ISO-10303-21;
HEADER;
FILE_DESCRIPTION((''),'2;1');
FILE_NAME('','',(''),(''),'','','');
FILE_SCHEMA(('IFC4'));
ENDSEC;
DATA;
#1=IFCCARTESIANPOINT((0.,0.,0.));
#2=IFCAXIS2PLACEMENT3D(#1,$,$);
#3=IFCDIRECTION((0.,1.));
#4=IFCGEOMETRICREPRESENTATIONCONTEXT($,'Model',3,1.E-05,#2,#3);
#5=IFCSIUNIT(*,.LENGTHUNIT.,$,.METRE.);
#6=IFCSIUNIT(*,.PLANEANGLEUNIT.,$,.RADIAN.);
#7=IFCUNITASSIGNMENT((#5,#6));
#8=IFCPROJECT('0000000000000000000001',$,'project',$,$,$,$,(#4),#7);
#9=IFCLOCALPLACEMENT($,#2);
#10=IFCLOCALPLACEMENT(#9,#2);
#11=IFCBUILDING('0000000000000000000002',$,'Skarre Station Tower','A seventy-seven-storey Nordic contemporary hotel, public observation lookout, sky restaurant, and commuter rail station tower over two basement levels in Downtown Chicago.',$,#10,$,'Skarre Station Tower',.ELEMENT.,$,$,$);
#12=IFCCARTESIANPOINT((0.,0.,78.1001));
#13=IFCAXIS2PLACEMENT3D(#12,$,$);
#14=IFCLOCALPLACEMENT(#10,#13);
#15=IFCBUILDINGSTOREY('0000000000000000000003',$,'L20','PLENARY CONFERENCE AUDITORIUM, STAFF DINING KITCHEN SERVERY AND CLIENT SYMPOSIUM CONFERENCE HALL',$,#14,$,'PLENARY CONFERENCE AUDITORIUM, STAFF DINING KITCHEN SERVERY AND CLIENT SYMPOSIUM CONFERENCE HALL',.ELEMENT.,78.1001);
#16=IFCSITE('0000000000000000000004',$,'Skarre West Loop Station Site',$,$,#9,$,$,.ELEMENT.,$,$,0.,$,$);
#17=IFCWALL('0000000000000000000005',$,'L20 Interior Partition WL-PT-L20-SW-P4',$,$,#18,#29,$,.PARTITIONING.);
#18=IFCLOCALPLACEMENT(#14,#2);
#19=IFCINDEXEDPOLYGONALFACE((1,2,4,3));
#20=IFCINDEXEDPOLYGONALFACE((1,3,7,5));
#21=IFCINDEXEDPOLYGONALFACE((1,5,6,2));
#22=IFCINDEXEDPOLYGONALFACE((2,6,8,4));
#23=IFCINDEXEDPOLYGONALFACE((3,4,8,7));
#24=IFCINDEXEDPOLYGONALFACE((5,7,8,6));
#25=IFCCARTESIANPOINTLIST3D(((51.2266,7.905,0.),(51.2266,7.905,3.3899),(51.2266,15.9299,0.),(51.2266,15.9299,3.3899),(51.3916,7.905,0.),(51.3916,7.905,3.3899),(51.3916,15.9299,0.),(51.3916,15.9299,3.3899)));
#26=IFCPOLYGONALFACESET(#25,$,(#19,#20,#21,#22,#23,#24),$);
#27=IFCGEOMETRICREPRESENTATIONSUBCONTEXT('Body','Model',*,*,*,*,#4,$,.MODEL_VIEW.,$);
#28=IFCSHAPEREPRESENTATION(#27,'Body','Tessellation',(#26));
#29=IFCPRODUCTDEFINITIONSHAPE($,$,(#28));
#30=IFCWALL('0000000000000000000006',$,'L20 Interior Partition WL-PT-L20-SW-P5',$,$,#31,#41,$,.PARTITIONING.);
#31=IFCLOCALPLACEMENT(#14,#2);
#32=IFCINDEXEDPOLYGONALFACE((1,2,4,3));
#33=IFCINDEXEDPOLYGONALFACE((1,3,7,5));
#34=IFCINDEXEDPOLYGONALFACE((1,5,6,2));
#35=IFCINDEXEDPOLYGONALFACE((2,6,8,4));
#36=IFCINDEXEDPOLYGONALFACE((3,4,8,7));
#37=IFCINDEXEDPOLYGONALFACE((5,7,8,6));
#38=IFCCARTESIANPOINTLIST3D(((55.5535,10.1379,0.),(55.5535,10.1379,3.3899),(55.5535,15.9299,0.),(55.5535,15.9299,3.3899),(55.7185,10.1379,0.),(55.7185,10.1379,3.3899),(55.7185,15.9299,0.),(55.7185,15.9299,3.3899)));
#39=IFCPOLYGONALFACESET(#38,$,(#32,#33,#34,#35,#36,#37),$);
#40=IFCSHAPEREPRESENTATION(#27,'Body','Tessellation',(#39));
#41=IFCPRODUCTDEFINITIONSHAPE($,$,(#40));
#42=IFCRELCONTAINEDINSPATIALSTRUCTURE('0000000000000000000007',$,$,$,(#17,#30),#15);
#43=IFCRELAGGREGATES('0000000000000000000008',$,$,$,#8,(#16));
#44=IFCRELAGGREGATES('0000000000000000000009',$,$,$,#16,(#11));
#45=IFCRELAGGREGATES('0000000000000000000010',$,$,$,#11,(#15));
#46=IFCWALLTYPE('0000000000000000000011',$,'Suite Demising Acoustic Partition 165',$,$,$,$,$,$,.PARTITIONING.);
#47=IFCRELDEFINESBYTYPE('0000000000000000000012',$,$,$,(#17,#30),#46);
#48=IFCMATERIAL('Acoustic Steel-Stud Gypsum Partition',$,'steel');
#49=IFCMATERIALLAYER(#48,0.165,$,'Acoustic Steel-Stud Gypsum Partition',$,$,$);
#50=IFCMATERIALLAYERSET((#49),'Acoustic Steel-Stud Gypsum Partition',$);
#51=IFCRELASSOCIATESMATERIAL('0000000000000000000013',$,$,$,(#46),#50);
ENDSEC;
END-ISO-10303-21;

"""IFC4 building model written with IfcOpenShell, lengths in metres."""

from ifc_helpers import new_model, si_unit, direction, frame, frame_2d, origin, place, context, subcontext, project, spatial, rectangle, extrude, material, layer, layer_set, type_object, element, save


model = new_model("IFC4")

# Units and contexts
model_context = context("Model", 3, precision=1e-05, world=origin(), true_north=direction((0.0, 1.0)))
body_context = subcontext(model_context, "Body", "Model", "MODEL_VIEW")
ifc_project = project(units=[si_unit("LENGTHUNIT", "METRE"), si_unit("PLANEANGLEUNIT", "RADIAN")], contexts=[model_context])

# Site, building, storey
site_placement = place(None, origin())
site = spatial("IfcSite", under=ifc_project, at=site_placement, Name="Skarre West Loop Station Site", CompositionType="ELEMENT", RefElevation=0.0)
building_placement = place(site_placement, origin())
building = spatial("IfcBuilding", under=site, at=building_placement, Name="Skarre Station Tower", Description="A seventy-seven-storey Nordic contemporary hotel, public observation lookout, sky restaurant, and commuter rail station tower over two basement levels in Downtown Chicago.", LongName="Skarre Station Tower", CompositionType="ELEMENT")
storey_placement = place(building_placement, frame((0.0, 0.0, 78.1001)))
storey = spatial("IfcBuildingStorey", under=building, at=storey_placement, Name="L20", Description="PLENARY CONFERENCE AUDITORIUM, STAFF DINING KITCHEN SERVERY AND CLIENT SYMPOSIUM CONFERENCE HALL", LongName="PLENARY CONFERENCE AUDITORIUM, STAFF DINING KITCHEN SERVERY AND CLIENT SYMPOSIUM CONFERENCE HALL", CompositionType="ELEMENT", Elevation=78.1001)

# Shared definitions
ifc_material_1 = material(Name="Acoustic Steel-Stud Gypsum Partition", Category="steel")

# Walls
ifc_layer_1 = layer(ifc_material_1, 0.165, Name="Acoustic Steel-Stud Gypsum Partition")
ifc_layer_set_1 = layer_set([ifc_layer_1], Name="Acoustic Steel-Stud Gypsum Partition")
wall_type_1 = type_object("IfcWallType", Name="Suite Demising Acoustic Partition 165", PredefinedType="PARTITIONING", material=ifc_layer_set_1)
wall_1_placement = place(storey_placement, frame((51.3091, 7.905, 0.0), z_axis=(0.0, 0.0, 1.0), x_axis=(0.0, 1.0, 0.0)))
element("IfcWall", 1, at=wall_1_placement, inside=storey, type_object=wall_type_1, Name="L20 Interior Partition WL-PT-L20-SW-P4", PredefinedType="PARTITIONING", context=body_context, shape_type="SweptSolid", body=[
    extrude(rectangle(XDim=8.0249, YDim=0.165, at=frame_2d((4.0125, 0.0))), origin(), (0.0, 0.0, 1.0), 3.3899),
])
wall_2_placement = place(storey_placement, frame((55.636, 10.1379, 0.0), z_axis=(0.0, 0.0, 1.0), x_axis=(0.0, 1.0, 0.0)))
element("IfcWall", 2, at=wall_2_placement, inside=storey, type_object=wall_type_1, Name="L20 Interior Partition WL-PT-L20-SW-P5", PredefinedType="PARTITIONING", context=body_context, shape_type="SweptSolid", body=[
    extrude(rectangle(XDim=5.792, YDim=0.165, at=frame_2d((2.896, 0.0))), origin(), (0.0, 0.0, 1.0), 3.3899),
])

save(model, "model.ifc")
